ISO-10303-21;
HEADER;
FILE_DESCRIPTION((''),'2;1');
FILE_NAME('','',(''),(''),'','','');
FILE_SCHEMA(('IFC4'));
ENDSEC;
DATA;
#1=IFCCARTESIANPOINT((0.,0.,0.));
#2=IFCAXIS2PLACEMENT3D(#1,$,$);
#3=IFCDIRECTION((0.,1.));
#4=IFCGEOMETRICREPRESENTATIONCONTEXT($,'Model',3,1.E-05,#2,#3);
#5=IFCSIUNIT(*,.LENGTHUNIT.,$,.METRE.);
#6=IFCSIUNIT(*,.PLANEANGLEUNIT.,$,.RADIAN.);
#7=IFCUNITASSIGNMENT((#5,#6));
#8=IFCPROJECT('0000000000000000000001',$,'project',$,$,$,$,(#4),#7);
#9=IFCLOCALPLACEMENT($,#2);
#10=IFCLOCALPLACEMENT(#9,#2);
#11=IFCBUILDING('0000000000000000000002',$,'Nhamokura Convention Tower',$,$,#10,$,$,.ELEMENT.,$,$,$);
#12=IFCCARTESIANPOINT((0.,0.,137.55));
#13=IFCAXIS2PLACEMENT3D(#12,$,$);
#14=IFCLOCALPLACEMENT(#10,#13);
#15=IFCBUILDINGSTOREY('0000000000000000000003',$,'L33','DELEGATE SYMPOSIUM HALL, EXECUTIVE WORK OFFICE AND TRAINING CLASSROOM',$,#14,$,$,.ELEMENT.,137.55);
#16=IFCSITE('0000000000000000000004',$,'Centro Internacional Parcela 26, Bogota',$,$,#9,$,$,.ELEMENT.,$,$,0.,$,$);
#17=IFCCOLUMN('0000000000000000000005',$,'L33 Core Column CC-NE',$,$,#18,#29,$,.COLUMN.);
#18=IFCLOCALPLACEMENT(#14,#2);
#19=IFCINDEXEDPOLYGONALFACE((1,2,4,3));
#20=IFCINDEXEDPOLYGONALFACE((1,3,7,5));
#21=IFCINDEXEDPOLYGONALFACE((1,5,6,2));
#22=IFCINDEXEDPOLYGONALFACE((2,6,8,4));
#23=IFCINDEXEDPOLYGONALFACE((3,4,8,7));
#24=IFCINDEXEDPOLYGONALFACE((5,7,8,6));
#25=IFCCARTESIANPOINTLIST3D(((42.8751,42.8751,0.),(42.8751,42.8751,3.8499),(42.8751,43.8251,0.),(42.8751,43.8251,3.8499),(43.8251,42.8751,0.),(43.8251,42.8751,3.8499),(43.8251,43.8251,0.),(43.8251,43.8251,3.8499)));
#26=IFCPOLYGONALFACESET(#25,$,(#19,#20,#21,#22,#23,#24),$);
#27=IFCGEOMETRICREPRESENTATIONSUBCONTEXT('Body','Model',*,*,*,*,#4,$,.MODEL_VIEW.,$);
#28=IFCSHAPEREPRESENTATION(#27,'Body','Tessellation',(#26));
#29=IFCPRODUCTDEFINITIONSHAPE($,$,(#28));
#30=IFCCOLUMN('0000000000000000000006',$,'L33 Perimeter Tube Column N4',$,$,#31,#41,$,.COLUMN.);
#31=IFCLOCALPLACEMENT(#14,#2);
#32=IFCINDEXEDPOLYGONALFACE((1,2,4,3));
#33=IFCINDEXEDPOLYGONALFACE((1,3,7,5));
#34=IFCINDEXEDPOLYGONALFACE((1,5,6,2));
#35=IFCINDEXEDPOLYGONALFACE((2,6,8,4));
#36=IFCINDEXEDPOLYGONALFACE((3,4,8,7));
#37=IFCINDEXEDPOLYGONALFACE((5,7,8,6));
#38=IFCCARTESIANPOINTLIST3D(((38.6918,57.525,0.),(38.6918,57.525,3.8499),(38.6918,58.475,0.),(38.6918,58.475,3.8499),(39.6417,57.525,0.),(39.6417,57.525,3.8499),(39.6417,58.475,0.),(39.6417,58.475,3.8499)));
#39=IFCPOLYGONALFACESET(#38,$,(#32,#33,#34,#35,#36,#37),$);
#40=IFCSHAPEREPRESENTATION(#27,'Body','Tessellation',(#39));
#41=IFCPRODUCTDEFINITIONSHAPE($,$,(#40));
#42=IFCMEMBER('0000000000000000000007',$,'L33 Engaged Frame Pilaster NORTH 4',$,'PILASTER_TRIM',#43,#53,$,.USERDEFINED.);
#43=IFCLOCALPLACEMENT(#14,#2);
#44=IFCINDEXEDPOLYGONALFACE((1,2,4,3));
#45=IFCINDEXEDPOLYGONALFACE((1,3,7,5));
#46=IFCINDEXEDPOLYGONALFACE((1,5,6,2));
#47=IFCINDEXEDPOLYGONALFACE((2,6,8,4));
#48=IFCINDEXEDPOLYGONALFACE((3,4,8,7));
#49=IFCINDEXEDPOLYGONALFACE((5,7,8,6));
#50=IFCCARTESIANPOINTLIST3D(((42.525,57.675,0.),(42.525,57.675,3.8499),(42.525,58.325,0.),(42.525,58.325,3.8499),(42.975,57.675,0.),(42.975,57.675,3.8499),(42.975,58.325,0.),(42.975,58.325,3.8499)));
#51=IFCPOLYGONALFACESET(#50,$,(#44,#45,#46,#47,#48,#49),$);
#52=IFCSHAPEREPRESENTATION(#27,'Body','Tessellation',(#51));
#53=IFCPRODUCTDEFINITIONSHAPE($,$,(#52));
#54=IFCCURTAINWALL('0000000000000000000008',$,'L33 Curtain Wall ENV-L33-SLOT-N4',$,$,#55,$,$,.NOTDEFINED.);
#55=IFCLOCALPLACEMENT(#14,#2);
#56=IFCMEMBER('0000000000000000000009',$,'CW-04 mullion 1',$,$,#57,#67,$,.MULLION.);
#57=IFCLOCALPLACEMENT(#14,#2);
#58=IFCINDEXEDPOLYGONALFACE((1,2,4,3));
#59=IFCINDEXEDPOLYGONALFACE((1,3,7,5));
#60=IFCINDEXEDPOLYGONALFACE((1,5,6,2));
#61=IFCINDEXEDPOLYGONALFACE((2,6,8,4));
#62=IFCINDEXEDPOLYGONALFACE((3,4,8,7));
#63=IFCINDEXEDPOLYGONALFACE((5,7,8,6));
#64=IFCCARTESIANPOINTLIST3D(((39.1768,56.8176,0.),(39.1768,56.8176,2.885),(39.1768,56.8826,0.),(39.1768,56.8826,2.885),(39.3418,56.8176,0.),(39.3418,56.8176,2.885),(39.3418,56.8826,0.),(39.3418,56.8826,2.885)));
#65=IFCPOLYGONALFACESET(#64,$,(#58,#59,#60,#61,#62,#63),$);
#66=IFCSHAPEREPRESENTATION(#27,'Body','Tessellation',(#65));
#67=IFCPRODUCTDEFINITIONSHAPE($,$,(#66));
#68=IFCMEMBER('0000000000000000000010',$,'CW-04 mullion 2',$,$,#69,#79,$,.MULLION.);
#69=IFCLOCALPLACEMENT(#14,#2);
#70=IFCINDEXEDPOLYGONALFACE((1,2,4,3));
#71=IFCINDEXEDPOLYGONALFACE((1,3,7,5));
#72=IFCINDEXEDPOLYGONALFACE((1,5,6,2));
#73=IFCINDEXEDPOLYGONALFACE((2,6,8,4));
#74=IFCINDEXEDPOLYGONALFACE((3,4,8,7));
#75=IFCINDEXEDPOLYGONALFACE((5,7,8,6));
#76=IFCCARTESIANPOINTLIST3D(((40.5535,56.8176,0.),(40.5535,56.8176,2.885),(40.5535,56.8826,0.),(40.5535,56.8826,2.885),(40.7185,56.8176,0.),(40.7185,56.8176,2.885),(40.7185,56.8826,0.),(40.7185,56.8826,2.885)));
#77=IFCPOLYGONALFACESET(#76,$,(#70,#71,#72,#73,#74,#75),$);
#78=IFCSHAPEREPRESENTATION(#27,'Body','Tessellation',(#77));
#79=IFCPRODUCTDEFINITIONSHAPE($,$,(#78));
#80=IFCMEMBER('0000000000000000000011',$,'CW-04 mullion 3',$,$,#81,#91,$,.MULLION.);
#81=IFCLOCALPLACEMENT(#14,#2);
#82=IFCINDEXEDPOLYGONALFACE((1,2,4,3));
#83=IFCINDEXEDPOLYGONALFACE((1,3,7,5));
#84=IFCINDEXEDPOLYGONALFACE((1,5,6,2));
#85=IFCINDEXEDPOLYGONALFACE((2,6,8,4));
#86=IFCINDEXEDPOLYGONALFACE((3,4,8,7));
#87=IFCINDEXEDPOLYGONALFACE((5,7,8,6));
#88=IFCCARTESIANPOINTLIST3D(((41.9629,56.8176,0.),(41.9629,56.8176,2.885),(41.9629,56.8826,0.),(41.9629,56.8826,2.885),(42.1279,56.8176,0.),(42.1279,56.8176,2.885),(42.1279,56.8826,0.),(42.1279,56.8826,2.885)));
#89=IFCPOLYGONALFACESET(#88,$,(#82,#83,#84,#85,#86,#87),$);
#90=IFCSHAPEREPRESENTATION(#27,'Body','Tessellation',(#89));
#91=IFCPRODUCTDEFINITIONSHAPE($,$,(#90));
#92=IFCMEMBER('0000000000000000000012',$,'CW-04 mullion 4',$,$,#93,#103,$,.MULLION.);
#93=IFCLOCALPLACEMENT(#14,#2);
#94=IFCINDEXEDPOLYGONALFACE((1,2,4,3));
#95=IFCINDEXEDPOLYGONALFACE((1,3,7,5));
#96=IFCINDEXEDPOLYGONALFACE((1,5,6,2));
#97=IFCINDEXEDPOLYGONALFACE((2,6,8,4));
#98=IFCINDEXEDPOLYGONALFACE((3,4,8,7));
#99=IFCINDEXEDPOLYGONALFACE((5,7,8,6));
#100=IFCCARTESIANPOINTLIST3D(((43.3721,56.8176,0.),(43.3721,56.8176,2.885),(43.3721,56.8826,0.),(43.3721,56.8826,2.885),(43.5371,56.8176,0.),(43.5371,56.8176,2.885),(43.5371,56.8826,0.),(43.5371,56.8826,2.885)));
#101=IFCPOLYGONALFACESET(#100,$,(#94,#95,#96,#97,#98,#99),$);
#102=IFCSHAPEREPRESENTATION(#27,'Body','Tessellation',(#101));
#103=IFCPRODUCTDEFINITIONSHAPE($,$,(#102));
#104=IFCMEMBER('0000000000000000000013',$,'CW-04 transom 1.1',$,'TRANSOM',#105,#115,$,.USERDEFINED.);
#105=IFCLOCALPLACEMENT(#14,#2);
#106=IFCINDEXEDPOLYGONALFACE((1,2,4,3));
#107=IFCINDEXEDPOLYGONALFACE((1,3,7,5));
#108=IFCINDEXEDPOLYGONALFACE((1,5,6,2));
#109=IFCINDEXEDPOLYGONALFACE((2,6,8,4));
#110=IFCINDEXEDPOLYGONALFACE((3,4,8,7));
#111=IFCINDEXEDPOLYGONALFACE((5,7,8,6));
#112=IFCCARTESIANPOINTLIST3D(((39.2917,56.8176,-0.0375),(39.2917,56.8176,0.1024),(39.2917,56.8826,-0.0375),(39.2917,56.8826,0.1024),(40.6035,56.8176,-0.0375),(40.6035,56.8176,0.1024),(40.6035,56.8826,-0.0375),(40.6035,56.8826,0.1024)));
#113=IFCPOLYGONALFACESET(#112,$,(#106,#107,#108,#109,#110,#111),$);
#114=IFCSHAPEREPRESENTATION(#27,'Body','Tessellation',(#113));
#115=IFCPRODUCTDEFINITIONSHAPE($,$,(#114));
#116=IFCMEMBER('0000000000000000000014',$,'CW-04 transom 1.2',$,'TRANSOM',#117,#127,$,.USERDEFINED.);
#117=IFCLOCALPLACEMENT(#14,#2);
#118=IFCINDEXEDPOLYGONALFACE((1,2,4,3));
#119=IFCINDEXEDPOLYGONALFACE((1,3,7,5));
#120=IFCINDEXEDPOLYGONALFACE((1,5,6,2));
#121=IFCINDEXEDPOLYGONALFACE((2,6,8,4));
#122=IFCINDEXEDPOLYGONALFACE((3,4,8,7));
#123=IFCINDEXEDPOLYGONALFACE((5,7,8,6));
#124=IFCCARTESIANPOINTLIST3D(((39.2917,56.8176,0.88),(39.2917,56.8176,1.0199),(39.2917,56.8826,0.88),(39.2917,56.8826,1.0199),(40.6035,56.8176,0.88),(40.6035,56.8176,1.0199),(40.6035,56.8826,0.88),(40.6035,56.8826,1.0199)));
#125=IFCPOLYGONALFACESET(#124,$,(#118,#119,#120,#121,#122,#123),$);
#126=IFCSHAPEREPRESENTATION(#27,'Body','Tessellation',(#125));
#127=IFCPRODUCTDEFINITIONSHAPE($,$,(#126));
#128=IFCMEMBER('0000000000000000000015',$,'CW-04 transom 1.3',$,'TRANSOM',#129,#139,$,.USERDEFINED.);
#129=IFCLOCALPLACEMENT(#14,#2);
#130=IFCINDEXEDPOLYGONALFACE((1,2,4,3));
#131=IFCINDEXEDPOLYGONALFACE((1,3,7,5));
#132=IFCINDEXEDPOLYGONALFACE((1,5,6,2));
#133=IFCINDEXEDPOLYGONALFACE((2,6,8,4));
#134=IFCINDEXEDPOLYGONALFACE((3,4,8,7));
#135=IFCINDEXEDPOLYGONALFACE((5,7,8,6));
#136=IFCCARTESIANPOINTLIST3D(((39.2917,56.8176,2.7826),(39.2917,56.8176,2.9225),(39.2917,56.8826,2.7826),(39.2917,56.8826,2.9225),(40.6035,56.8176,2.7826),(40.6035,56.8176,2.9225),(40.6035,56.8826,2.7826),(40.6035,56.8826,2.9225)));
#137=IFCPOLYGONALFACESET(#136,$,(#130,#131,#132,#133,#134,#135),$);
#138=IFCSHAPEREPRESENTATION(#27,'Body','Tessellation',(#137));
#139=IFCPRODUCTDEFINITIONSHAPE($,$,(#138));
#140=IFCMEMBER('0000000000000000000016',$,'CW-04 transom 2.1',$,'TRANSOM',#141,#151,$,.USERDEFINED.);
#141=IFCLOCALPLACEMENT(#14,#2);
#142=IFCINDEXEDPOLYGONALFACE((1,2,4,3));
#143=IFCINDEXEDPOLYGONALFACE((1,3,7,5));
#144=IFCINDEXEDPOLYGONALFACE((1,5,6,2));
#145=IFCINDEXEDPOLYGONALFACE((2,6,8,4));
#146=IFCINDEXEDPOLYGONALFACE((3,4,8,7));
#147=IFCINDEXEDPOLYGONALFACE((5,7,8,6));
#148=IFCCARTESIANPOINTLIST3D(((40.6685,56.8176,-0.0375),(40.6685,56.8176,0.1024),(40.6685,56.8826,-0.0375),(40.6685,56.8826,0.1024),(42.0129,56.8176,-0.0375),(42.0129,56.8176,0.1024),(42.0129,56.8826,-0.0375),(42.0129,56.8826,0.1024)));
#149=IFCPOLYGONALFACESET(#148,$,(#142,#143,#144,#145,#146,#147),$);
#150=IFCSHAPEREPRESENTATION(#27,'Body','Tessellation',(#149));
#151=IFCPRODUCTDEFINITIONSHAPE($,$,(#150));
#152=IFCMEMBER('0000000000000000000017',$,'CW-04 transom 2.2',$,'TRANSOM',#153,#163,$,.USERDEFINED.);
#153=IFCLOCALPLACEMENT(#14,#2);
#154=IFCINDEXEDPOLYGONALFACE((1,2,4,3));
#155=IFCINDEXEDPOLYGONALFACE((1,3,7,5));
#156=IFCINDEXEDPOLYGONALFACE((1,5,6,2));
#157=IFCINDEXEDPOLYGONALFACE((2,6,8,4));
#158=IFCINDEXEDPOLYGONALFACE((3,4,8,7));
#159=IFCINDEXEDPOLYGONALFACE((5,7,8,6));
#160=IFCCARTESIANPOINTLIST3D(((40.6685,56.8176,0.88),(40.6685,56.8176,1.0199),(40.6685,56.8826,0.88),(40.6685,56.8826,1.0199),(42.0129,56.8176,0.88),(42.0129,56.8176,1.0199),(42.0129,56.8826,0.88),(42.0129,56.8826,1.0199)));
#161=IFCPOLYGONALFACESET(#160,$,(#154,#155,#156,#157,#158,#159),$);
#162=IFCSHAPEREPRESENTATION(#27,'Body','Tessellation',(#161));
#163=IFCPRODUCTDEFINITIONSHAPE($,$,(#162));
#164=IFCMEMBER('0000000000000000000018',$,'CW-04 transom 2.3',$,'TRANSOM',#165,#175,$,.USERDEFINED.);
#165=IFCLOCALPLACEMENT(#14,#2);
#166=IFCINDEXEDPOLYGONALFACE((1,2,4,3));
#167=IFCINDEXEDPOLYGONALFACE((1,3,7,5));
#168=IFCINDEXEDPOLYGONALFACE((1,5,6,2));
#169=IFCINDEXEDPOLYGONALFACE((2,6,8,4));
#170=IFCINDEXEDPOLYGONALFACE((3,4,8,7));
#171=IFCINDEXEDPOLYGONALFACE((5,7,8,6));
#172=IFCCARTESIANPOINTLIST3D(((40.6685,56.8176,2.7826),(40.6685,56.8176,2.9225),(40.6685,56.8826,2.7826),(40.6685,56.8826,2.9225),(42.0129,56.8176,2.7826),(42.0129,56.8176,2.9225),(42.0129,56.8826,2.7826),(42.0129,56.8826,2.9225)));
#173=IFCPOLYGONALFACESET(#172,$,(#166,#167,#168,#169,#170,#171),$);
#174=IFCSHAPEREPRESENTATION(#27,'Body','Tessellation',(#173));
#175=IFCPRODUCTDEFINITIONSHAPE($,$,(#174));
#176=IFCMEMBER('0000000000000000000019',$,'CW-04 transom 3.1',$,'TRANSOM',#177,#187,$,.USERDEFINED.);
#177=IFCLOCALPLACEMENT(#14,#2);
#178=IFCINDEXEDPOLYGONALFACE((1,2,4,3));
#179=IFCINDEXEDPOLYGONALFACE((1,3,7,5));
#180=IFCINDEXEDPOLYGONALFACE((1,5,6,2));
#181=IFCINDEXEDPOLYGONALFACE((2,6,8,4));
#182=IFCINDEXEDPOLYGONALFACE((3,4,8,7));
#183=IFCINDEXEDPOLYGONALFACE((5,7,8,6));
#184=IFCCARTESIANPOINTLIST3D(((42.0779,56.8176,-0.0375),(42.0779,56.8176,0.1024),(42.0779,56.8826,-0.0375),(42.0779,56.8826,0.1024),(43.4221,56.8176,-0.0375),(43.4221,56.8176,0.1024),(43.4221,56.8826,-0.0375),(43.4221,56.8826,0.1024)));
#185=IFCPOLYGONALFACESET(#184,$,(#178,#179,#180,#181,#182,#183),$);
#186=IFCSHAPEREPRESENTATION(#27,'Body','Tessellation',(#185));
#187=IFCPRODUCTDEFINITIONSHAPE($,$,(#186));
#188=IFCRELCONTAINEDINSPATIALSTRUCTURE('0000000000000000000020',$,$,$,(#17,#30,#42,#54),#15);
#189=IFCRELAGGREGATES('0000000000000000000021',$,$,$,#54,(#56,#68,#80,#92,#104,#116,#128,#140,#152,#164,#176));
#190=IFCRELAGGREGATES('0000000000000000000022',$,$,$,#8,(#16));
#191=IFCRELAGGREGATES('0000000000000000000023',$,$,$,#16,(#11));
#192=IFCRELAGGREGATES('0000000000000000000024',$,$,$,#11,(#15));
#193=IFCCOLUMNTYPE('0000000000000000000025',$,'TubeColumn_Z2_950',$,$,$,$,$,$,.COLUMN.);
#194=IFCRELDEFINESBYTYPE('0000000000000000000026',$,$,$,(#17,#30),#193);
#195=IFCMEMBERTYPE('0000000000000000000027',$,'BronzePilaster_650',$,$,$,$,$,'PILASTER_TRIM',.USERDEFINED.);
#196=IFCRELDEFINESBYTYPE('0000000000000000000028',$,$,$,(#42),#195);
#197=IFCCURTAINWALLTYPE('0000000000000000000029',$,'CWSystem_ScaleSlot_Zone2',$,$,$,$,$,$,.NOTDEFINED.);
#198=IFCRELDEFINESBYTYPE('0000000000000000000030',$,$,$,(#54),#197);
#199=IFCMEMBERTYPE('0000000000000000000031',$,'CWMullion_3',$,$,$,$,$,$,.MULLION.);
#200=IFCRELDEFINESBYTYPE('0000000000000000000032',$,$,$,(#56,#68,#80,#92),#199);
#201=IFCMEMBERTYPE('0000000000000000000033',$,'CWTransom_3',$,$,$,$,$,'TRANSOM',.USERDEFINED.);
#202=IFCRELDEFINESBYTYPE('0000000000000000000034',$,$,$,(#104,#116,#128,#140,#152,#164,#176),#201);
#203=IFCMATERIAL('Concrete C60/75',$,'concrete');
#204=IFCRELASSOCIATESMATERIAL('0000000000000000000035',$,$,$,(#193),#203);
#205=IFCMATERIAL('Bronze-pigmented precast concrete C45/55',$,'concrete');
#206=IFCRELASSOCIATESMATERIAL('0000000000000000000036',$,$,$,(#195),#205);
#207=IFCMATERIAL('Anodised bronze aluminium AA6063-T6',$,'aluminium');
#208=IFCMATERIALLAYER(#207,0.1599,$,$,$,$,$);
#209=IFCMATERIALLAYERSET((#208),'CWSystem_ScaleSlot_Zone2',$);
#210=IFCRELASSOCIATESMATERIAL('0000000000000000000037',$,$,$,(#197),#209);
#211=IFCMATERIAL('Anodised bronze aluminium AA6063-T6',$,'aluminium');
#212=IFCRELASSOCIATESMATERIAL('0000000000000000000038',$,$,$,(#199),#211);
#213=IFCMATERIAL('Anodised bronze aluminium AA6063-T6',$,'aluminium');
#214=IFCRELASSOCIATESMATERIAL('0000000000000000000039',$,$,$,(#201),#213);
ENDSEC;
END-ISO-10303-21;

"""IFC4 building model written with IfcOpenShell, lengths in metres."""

from ifc_helpers import new_model, si_unit, direction, frame, origin, origin_2d, place, context, subcontext, project, spatial, rectangle, extrude, material, layer, layer_set, material_profile, profile_set, type_object, element, aggregate, save


model = new_model("IFC4")

# Units and contexts
model_context = context("Model", 3, precision=1e-05, world=origin(), true_north=direction((0.0, 1.0)))
body_context = subcontext(model_context, "Body", "Model", "MODEL_VIEW")
ifc_project = project(units=[si_unit("LENGTHUNIT", "METRE"), si_unit("PLANEANGLEUNIT", "RADIAN")], contexts=[model_context])

# Site, building, storey
site_placement = place(None, origin())
site = spatial("IfcSite", under=ifc_project, at=site_placement, Name="Centro Internacional Parcela 26, Bogota", CompositionType="ELEMENT", RefElevation=0.0)
building_placement = place(site_placement, origin())
building = spatial("IfcBuilding", under=site, at=building_placement, Name="Nhamokura Convention Tower", CompositionType="ELEMENT")
storey_placement = place(building_placement, frame((0.0, 0.0, 137.55)))
storey = spatial("IfcBuildingStorey", under=building, at=storey_placement, Name="L33", Description="DELEGATE SYMPOSIUM HALL, EXECUTIVE WORK OFFICE AND TRAINING CLASSROOM", CompositionType="ELEMENT", Elevation=137.55)

# Columns
ifc_material_1 = material(Name="Concrete C60/75", Category="concrete")
ifc_material_profile_1 = material_profile(ifc_material_1, rectangle(XDim=0.95, YDim=0.95, at=origin_2d()))
ifc_profile_set_1 = profile_set([ifc_material_profile_1], Name="Concrete C60/75")
column_type = type_object("IfcColumnType", Name="TubeColumn_Z2_950", PredefinedType="COLUMN", material=ifc_profile_set_1)
for number, where, z_axis, x_axis, name in (
    (1, (43.3501, 43.3501, 0.0), (0.0, 0.0, 1.0), (1.0, 0.0, 0.0), "L33 Core Column CC-NE"),
    (2, (39.1667, 58.0, 0.0), (0.0, 0.0, 1.0), (1.0, 0.0, 0.0), "L33 Perimeter Tube Column N4"),
):
    element("IfcColumn", number, at=place(storey_placement, frame(where, z_axis=z_axis, x_axis=x_axis)), inside=storey, type_object=column_type, Name=name, PredefinedType="COLUMN", context=body_context, shape_type="SweptSolid", body=[
        extrude(rectangle(XDim=0.95, YDim=0.95, at=origin_2d()), origin(), (0.0, 0.0, 1.0), 3.8499),
    ])

# Member
ifc_material_2 = material(Name="Bronze-pigmented precast concrete C45/55", Category="concrete")
ifc_material_profile_2 = material_profile(ifc_material_2, rectangle(XDim=0.45, YDim=0.6499, at=origin_2d()))
ifc_profile_set_2 = profile_set([ifc_material_profile_2], Name="Bronze-pigmented precast concrete C45/55")
member_type_1 = type_object("IfcMemberType", Name="BronzePilaster_650", ElementType="PILASTER_TRIM", PredefinedType="USERDEFINED", material=ifc_profile_set_2)
member_1_placement = place(storey_placement, frame((42.75, 58.0, 0.0), z_axis=(0.0, 0.0, 1.0), x_axis=(1.0, 0.0, 0.0)))
element("IfcMember", 3, at=member_1_placement, inside=storey, type_object=member_type_1, Name="L33 Engaged Frame Pilaster NORTH 4", ObjectType="PILASTER_TRIM", PredefinedType="USERDEFINED", context=body_context, shape_type="SweptSolid", body=[
    extrude(rectangle(XDim=0.45, YDim=0.6499, at=origin_2d()), origin(), (0.0, 0.0, 1.0), 3.8499),
])

# Curtain wall, members
ifc_material_3 = material(Name="Anodised bronze aluminium AA6063-T6", Category="aluminium")
ifc_layer_1 = layer(ifc_material_3, 0.1599)
ifc_layer_set_1 = layer_set([ifc_layer_1], Name="CWSystem_ScaleSlot_Zone2")
curtain_wall_type = type_object("IfcCurtainWallType", Name="CWSystem_ScaleSlot_Zone2", PredefinedType="NOTDEFINED", material=ifc_layer_set_1)
curtain_wall_placement = place(storey_placement, origin())
curtain_wall = element("IfcCurtainWall", 4, at=curtain_wall_placement, inside=storey, type_object=curtain_wall_type, Name="L33 Curtain Wall ENV-L33-SLOT-N4", PredefinedType="NOTDEFINED")
ifc_material_4 = material(Name="Anodised bronze aluminium AA6063-T6", Category="aluminium")
ifc_material_profile_3 = material_profile(ifc_material_4, rectangle(XDim=0.0649, YDim=0.165, at=origin_2d()))
ifc_profile_set_3 = profile_set([ifc_material_profile_3], Name="Anodised bronze aluminium AA6063-T6")
member_type_2 = type_object("IfcMemberType", Name="CWMullion_3", PredefinedType="MULLION", material=ifc_profile_set_3)
member_2_placement = place(storey_placement, frame((39.2593, 56.8501, 0.0), z_axis=(0.0, 0.0, 1.0), x_axis=(0.0, 1.0, 0.0)))
member_2 = element("IfcMember", 5, at=member_2_placement, type_object=member_type_2, Name="CW-04 mullion 1", PredefinedType="MULLION", context=body_context, shape_type="SweptSolid", body=[
    extrude(rectangle(XDim=0.0649, YDim=0.165, at=origin_2d()), origin(), (0.0, 0.0, 1.0), 2.885),
])
member_3_placement = place(storey_placement, frame((40.636, 56.8501, 0.0), z_axis=(0.0, 0.0, 1.0), x_axis=(0.0, 1.0, 0.0)))
member_3 = element("IfcMember", 6, at=member_3_placement, type_object=member_type_2, Name="CW-04 mullion 2", PredefinedType="MULLION", context=body_context, shape_type="SweptSolid", body=[
    extrude(rectangle(XDim=0.0649, YDim=0.165, at=origin_2d()), origin(), (0.0, 0.0, 1.0), 2.885),
])
member_4_placement = place(storey_placement, frame((42.0454, 56.8501, 0.0), z_axis=(0.0, 0.0, 1.0), x_axis=(0.0, 1.0, 0.0)))
member_4 = element("IfcMember", 7, at=member_4_placement, type_object=member_type_2, Name="CW-04 mullion 3", PredefinedType="MULLION", context=body_context, shape_type="SweptSolid", body=[
    extrude(rectangle(XDim=0.0649, YDim=0.165, at=origin_2d()), origin(), (0.0, 0.0, 1.0), 2.885),
])
member_5_placement = place(storey_placement, frame((43.4546, 56.8501, 0.0), z_axis=(0.0, 0.0, 1.0), x_axis=(0.0, 1.0, 0.0)))
member_5 = element("IfcMember", 8, at=member_5_placement, type_object=member_type_2, Name="CW-04 mullion 4", PredefinedType="MULLION", context=body_context, shape_type="SweptSolid", body=[
    extrude(rectangle(XDim=0.0649, YDim=0.165, at=origin_2d()), origin(), (0.0, 0.0, 1.0), 2.885),
])
ifc_material_5 = material(Name="Anodised bronze aluminium AA6063-T6", Category="aluminium")
ifc_material_profile_4 = material_profile(ifc_material_5, rectangle(XDim=0.0649, YDim=0.1399, at=origin_2d()))
ifc_profile_set_4 = profile_set([ifc_material_profile_4], Name="Anodised bronze aluminium AA6063-T6")
member_type_3 = type_object("IfcMemberType", Name="CWTransom_3", ElementType="TRANSOM", PredefinedType="USERDEFINED", material=ifc_profile_set_4)
member_6_placement = place(storey_placement, frame((39.2917, 56.8501, 0.0325), z_axis=(1.0, 0.0, 0.0), x_axis=(0.0, 1.0, 0.0)))
member_6 = element("IfcMember", 9, at=member_6_placement, type_object=member_type_3, Name="CW-04 transom 1.1", ObjectType="TRANSOM", PredefinedType="USERDEFINED", context=body_context, shape_type="SweptSolid", body=[
    extrude(rectangle(XDim=0.0649, YDim=0.1399, at=origin_2d()), origin(), (0.0, 0.0, 1.0), 1.3118),
])
member_7_placement = place(storey_placement, frame((39.2917, 56.8501, 0.95), z_axis=(1.0, 0.0, 0.0), x_axis=(0.0, 1.0, 0.0)))
member_7 = element("IfcMember", 10, at=member_7_placement, type_object=member_type_3, Name="CW-04 transom 1.2", ObjectType="TRANSOM", PredefinedType="USERDEFINED", context=body_context, shape_type="SweptSolid", body=[
    extrude(rectangle(XDim=0.0649, YDim=0.1399, at=origin_2d()), origin(), (0.0, 0.0, 1.0), 1.3118),
])
member_8_placement = place(storey_placement, frame((39.2917, 56.8501, 2.8525), z_axis=(1.0, 0.0, 0.0), x_axis=(0.0, 1.0, 0.0)))
member_8 = element("IfcMember", 11, at=member_8_placement, type_object=member_type_3, Name="CW-04 transom 1.3", ObjectType="TRANSOM", PredefinedType="USERDEFINED", context=body_context, shape_type="SweptSolid", body=[
    extrude(rectangle(XDim=0.0649, YDim=0.1399, at=origin_2d()), origin(), (0.0, 0.0, 1.0), 1.3118),
])
member_9_placement = place(storey_placement, frame((40.6685, 56.8501, 0.0325), z_axis=(1.0, 0.0, 0.0), x_axis=(0.0, 1.0, 0.0)))
member_9 = element("IfcMember", 12, at=member_9_placement, type_object=member_type_3, Name="CW-04 transom 2.1", ObjectType="TRANSOM", PredefinedType="USERDEFINED", context=body_context, shape_type="SweptSolid", body=[
    extrude(rectangle(XDim=0.0649, YDim=0.1399, at=origin_2d()), origin(), (0.0, 0.0, 1.0), 1.3445),
])
member_10_placement = place(storey_placement, frame((40.6685, 56.8501, 0.95), z_axis=(1.0, 0.0, 0.0), x_axis=(0.0, 1.0, 0.0)))
member_10 = element("IfcMember", 13, at=member_10_placement, type_object=member_type_3, Name="CW-04 transom 2.2", ObjectType="TRANSOM", PredefinedType="USERDEFINED", context=body_context, shape_type="SweptSolid", body=[
    extrude(rectangle(XDim=0.0649, YDim=0.1399, at=origin_2d()), origin(), (0.0, 0.0, 1.0), 1.3445),
])
member_11_placement = place(storey_placement, frame((40.6685, 56.8501, 2.8525), z_axis=(1.0, 0.0, 0.0), x_axis=(0.0, 1.0, 0.0)))
member_11 = element("IfcMember", 14, at=member_11_placement, type_object=member_type_3, Name="CW-04 transom 2.3", ObjectType="TRANSOM", PredefinedType="USERDEFINED", context=body_context, shape_type="SweptSolid", body=[
    extrude(rectangle(XDim=0.0649, YDim=0.1399, at=origin_2d()), origin(), (0.0, 0.0, 1.0), 1.3445),
])
member_12_placement = place(storey_placement, frame((42.0779, 56.8501, 0.0325), z_axis=(1.0, 0.0, 0.0), x_axis=(0.0, 1.0, 0.0)))
member_12 = element("IfcMember", 15, at=member_12_placement, type_object=member_type_3, Name="CW-04 transom 3.1", ObjectType="TRANSOM", PredefinedType="USERDEFINED", context=body_context, shape_type="SweptSolid", body=[
    extrude(rectangle(XDim=0.0649, YDim=0.1399, at=origin_2d()), origin(), (0.0, 0.0, 1.0), 1.3442),
])

aggregate(curtain_wall, [member_2, member_3, member_4, member_5, member_6, member_7, member_8, member_9, member_10, member_11, member_12])

save(model, "model.ifc")
